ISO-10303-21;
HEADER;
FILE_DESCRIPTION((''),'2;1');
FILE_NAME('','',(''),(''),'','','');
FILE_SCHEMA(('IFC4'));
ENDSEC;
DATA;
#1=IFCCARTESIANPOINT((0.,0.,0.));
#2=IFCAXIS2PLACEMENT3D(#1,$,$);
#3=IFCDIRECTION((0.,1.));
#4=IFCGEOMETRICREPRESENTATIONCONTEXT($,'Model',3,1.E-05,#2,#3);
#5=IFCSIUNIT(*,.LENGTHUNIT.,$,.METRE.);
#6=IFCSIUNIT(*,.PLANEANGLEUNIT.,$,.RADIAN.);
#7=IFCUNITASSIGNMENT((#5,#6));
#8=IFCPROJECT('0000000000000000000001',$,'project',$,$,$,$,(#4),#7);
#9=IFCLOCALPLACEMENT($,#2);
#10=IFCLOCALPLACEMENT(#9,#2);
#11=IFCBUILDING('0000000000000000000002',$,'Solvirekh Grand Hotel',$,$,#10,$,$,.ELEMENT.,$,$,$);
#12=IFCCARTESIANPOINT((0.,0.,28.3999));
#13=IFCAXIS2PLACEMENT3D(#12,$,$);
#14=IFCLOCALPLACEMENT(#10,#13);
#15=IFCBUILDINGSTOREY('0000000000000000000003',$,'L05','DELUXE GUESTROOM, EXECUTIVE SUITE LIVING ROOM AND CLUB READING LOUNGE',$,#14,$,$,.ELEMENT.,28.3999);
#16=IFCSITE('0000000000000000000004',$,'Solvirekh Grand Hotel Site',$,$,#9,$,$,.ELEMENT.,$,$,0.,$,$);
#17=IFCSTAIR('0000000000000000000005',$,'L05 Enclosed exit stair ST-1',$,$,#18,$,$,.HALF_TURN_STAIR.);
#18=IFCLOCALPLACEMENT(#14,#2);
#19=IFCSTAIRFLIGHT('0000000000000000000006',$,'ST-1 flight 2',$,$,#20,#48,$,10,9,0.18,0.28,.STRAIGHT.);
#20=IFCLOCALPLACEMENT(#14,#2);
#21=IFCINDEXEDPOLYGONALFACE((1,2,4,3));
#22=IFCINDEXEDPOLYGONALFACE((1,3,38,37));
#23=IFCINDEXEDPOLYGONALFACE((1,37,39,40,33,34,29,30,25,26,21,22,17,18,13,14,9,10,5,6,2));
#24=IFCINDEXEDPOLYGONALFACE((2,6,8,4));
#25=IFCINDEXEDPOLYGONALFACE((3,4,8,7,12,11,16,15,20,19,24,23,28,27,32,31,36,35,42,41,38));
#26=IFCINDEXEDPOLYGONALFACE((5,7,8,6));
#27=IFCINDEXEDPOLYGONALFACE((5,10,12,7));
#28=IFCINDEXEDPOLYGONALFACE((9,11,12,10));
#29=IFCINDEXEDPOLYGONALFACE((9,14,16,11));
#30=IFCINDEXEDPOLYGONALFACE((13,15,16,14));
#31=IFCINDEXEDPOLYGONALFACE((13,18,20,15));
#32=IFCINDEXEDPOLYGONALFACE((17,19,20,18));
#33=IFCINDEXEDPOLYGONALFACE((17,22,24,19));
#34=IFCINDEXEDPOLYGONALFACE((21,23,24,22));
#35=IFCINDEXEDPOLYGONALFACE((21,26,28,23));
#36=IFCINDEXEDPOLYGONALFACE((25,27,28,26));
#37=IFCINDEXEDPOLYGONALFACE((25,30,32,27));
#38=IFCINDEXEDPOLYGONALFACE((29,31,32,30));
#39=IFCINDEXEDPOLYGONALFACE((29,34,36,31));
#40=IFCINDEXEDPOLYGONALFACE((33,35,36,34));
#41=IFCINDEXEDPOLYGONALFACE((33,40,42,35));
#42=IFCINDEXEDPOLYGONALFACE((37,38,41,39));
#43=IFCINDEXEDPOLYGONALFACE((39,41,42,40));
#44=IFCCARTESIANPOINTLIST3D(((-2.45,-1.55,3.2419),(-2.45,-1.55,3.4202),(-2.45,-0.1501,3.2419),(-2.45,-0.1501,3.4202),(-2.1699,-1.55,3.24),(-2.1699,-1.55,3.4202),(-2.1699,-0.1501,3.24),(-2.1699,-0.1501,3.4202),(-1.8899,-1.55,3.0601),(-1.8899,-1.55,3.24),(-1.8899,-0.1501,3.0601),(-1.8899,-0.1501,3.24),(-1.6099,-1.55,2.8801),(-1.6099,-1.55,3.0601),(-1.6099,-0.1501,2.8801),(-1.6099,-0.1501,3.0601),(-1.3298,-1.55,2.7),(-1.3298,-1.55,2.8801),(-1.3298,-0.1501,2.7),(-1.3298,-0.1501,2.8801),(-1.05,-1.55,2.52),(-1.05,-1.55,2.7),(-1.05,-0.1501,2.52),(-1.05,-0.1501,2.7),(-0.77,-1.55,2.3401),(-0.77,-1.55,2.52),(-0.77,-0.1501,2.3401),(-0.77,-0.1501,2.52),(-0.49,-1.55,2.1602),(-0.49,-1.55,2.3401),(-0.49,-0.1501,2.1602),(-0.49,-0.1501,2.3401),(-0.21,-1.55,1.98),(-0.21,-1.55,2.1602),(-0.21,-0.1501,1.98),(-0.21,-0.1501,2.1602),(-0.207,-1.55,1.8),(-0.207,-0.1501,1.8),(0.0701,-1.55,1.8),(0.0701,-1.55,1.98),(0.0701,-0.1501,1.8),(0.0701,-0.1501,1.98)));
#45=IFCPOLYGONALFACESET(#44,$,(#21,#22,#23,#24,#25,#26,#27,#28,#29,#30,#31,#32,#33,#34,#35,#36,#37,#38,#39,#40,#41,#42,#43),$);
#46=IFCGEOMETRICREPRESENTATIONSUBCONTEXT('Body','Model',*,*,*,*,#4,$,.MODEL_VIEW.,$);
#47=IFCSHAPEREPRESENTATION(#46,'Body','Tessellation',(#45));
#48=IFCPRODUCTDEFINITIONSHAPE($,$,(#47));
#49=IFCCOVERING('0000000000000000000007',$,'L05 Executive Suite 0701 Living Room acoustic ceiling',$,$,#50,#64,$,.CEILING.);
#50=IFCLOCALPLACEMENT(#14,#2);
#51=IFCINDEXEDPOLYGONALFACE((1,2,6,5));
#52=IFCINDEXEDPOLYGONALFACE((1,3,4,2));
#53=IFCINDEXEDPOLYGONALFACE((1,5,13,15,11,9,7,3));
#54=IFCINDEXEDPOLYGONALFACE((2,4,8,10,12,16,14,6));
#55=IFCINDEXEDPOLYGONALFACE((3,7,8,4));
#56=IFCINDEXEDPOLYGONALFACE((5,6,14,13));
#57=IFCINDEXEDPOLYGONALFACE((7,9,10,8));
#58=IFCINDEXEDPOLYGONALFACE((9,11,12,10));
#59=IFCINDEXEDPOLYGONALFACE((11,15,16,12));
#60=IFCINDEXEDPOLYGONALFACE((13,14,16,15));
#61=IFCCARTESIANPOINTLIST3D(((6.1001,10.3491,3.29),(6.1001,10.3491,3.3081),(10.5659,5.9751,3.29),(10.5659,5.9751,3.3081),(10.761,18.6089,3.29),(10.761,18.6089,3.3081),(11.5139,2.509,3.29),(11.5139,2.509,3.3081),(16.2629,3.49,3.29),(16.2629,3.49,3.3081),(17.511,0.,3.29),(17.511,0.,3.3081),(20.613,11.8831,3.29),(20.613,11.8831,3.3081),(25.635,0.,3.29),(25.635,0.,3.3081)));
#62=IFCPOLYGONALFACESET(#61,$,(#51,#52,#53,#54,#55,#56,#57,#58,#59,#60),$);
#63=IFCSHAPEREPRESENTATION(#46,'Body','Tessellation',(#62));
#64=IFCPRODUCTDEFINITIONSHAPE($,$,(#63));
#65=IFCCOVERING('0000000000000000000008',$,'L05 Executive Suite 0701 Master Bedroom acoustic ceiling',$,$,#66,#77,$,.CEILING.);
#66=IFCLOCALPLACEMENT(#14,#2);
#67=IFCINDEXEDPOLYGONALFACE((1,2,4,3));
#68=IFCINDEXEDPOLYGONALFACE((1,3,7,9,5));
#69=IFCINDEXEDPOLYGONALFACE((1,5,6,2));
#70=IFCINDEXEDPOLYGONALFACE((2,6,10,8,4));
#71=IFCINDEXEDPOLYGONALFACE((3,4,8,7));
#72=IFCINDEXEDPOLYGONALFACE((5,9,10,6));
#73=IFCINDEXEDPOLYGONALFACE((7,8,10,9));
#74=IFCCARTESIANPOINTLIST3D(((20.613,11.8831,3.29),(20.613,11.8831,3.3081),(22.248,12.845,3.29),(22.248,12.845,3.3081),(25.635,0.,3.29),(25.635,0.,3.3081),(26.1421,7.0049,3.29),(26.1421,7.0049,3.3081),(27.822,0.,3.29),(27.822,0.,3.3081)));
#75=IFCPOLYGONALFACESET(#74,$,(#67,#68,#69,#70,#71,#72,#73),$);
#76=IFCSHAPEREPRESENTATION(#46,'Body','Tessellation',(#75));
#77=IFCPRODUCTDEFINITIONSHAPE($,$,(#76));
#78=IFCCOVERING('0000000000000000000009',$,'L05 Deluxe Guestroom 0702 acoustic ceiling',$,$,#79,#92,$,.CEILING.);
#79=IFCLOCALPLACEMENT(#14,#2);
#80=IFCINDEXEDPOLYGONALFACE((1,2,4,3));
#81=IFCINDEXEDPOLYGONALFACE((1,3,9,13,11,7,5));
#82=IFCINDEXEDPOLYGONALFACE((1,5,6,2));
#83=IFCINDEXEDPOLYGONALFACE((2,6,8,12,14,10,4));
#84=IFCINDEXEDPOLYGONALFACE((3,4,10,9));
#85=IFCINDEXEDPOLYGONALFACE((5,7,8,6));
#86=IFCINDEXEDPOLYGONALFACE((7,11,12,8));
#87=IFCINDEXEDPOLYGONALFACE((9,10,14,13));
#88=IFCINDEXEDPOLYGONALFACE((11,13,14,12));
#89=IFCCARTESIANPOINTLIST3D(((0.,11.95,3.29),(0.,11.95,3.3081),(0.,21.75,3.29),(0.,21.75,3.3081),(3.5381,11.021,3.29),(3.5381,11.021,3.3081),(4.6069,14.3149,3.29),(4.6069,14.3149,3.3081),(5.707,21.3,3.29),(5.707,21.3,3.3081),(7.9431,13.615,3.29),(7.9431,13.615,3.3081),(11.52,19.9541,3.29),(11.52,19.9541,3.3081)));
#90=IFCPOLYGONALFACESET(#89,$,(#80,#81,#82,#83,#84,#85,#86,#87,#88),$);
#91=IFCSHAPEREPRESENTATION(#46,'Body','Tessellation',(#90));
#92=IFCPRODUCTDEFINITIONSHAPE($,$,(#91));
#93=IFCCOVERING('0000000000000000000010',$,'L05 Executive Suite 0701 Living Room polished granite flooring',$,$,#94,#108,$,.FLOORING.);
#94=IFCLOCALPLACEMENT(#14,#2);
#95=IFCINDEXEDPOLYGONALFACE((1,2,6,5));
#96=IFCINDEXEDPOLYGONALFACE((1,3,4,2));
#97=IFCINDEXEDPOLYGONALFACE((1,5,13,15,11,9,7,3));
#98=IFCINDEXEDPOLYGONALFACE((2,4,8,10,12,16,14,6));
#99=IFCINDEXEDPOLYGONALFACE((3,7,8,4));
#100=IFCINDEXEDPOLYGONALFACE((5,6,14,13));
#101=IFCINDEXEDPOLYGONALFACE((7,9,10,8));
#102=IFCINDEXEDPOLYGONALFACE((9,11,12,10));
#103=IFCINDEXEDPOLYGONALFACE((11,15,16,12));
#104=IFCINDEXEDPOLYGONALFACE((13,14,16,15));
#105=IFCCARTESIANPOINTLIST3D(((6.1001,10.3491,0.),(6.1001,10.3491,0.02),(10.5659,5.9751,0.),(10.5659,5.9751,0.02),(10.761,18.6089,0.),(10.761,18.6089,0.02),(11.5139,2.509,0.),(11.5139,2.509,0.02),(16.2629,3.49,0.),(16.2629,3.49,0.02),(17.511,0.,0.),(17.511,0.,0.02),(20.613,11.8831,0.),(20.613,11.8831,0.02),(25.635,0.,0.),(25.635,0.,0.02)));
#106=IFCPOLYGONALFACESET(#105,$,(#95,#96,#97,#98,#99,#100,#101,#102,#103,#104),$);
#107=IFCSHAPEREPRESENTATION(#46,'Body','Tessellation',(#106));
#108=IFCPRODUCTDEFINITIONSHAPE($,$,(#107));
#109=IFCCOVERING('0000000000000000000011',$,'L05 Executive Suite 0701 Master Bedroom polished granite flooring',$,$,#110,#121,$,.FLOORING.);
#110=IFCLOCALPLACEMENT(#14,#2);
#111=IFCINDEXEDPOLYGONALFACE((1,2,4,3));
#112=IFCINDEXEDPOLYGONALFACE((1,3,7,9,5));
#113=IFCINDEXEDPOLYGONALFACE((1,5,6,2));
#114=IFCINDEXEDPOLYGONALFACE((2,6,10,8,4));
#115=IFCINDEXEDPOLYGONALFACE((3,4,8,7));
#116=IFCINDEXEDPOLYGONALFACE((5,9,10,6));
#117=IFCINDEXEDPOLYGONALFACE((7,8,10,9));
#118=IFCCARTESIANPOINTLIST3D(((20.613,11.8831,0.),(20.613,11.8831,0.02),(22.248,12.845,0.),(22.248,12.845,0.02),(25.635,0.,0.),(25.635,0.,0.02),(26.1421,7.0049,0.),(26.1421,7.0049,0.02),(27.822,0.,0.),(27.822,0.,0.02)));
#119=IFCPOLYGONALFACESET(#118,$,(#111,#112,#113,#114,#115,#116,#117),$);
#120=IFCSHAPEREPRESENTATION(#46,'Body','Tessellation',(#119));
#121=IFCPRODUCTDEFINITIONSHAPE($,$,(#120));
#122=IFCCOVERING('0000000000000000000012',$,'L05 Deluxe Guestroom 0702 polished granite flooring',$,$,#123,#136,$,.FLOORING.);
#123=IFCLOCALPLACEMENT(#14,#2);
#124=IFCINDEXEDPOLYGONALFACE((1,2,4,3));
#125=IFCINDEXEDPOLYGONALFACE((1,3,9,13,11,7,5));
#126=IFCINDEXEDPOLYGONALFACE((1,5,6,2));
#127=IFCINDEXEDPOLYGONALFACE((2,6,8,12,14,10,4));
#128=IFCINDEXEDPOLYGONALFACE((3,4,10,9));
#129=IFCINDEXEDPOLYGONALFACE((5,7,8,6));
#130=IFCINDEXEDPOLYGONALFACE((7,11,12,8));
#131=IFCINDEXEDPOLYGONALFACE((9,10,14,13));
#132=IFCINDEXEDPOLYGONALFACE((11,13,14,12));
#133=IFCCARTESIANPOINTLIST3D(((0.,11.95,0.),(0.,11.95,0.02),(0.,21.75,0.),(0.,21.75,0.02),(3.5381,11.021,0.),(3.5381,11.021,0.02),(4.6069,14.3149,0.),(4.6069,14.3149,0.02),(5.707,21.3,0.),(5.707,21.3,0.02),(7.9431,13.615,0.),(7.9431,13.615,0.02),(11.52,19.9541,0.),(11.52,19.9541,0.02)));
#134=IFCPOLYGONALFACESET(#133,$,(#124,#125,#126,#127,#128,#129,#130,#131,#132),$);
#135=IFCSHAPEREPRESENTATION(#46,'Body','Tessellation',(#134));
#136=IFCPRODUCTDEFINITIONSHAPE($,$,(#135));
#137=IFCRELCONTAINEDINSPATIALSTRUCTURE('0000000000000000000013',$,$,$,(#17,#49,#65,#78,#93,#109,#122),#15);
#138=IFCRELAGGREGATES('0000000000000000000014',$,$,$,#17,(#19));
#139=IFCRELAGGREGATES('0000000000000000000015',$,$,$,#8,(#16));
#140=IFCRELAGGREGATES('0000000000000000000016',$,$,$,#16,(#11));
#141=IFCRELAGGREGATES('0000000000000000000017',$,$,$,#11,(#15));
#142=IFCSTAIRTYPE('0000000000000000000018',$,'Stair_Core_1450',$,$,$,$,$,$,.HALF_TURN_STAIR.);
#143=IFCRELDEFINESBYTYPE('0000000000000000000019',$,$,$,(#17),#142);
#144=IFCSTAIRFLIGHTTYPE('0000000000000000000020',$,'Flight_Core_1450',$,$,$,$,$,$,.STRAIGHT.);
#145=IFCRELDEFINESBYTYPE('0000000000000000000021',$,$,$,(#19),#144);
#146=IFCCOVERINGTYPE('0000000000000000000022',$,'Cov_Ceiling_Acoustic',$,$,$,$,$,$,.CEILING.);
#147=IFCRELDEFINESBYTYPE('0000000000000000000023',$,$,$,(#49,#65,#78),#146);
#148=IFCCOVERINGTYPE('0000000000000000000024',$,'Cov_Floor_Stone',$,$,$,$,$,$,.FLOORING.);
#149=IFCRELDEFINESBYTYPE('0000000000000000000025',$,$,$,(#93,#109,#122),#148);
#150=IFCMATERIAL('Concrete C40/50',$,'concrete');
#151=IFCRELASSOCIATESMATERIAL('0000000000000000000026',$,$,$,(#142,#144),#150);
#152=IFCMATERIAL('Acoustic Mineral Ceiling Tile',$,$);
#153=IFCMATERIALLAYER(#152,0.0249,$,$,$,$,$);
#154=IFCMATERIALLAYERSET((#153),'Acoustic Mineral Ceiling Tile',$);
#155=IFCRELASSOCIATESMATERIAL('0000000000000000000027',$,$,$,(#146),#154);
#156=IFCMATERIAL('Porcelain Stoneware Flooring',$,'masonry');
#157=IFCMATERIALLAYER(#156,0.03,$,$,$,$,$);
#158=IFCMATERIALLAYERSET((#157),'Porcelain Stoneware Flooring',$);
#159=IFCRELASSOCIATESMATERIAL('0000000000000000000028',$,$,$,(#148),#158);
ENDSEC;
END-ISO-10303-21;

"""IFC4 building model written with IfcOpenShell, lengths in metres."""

from ifc_helpers import new_model, si_unit, direction, frame, origin, place, context, subcontext, project, spatial, polyline, outline, extrude, material, layer, layer_set, type_object, element, aggregate, save


model = new_model("IFC4")

# Units and contexts
model_context = context("Model", 3, precision=1e-05, world=origin(), true_north=direction((0.0, 1.0)))
body_context = subcontext(model_context, "Body", "Model", "MODEL_VIEW")
ifc_project = project(units=[si_unit("LENGTHUNIT", "METRE"), si_unit("PLANEANGLEUNIT", "RADIAN")], contexts=[model_context])

# Site, building, storey
site_placement = place(None, origin())
site = spatial("IfcSite", under=ifc_project, at=site_placement, Name="Solvirekh Grand Hotel Site", CompositionType="ELEMENT", RefElevation=0.0)
building_placement = place(site_placement, origin())
building = spatial("IfcBuilding", under=site, at=building_placement, Name="Solvirekh Grand Hotel", CompositionType="ELEMENT")
storey_placement = place(building_placement, frame((0.0, 0.0, 28.3999)))
storey = spatial("IfcBuildingStorey", under=building, at=storey_placement, Name="L05", Description="DELUXE GUESTROOM, EXECUTIVE SUITE LIVING ROOM AND CLUB READING LOUNGE", CompositionType="ELEMENT", Elevation=28.3999)

# Stair
ifc_material_1 = material(Name="Concrete C40/50", Category="concrete")
stair_type = type_object("IfcStairType", Name="Stair_Core_1450", PredefinedType="HALF_TURN_STAIR", material=ifc_material_1)
stair_1_placement = place(storey_placement, origin())
stair_1 = element("IfcStair", 1, at=stair_1_placement, inside=storey, type_object=stair_type, Name="L05 Enclosed exit stair ST-1", PredefinedType="HALF_TURN_STAIR")

# Stair flight
stair_flight_type = type_object("IfcStairFlightType", Name="Flight_Core_1450", PredefinedType="STRAIGHT", material=ifc_material_1)
stair_flight_placement = place(storey_placement, frame((0.0701, -0.8501, 1.8), z_axis=(0.0, 0.0, 1.0), x_axis=(-1.0, 0.0, 0.0)))
stair_flight = element("IfcStairFlight", 2, at=stair_flight_placement, type_object=stair_flight_type, Name="ST-1 flight 2", NumberOfRisers=10, NumberOfTreads=9, PredefinedType="STRAIGHT", RiserHeight=0.18, TreadLength=0.28, context=body_context, shape_type="SweptSolid", body=[
    extrude(outline(polyline([(0.0, 0.0), (0.0, 0.1799), (0.28, 0.1799), (0.28, 0.3601), (0.5601, 0.3601), (0.5601, 0.54), (0.8401, 0.54), (0.8401, 0.72), (1.1201, 0.72), (1.1201, 0.8999), (1.3999, 0.8999), (1.3999, 1.0801), (1.6799, 1.0801), (1.6799, 1.26), (1.96, 1.26), (1.96, 1.4399), (2.24, 1.4399), (2.24, 1.6201), (2.52, 1.6201), (2.52, 1.8), (2.52, 1.4419), (0.2771, 0.0), (0.0, 0.0)])), frame((0.0, 0.7, 0.0), z_axis=(0.0, -1.0, 0.0), x_axis=(1.0, 0.0, 0.0)), (0.0, 0.0, 1.0), 1.3999),
])
aggregate(stair_1, [stair_flight])

# Coverings
ifc_material_2 = material(Name="Acoustic Mineral Ceiling Tile")
ifc_layer_1 = layer(ifc_material_2, 0.0249)
ifc_layer_set_1 = layer_set([ifc_layer_1], Name="Acoustic Mineral Ceiling Tile")
covering_type_1 = type_object("IfcCoveringType", Name="Cov_Ceiling_Acoustic", PredefinedType="CEILING", material=ifc_layer_set_1)
covering_1_placement = place(storey_placement, frame((0.0, 0.0, 3.29)))
element("IfcCovering", 3, at=covering_1_placement, inside=storey, type_object=covering_type_1, Name="L05 Executive Suite 0701 Living Room acoustic ceiling", PredefinedType="CEILING", context=body_context, shape_type="SweptSolid", body=[
    extrude(outline(polyline([(16.2629, 3.49), (17.511, 0.0), (25.635, 0.0), (20.613, 11.8831), (10.761, 18.6089), (6.1001, 10.3491), (10.5659, 5.9751), (11.5139, 2.509), (16.2629, 3.49)])), origin(), (0.0, 0.0, 1.0), 0.0181),
])
covering_2_placement = place(storey_placement, frame((0.0, 0.0, 3.29)))
element("IfcCovering", 4, at=covering_2_placement, inside=storey, type_object=covering_type_1, Name="L05 Executive Suite 0701 Master Bedroom acoustic ceiling", PredefinedType="CEILING", context=body_context, shape_type="SweptSolid", body=[
    extrude(outline(polyline([(27.822, 0.0), (26.1421, 7.0049), (22.248, 12.845), (20.613, 11.8831), (25.635, 0.0), (27.822, 0.0)])), origin(), (0.0, 0.0, 1.0), 0.0181),
])
covering_3_placement = place(storey_placement, frame((0.0, 0.0, 3.29)))
element("IfcCovering", 5, at=covering_3_placement, inside=storey, type_object=covering_type_1, Name="L05 Deluxe Guestroom 0702 acoustic ceiling", PredefinedType="CEILING", context=body_context, shape_type="SweptSolid", body=[
    extrude(outline(polyline([(4.6069, 14.3149), (7.9431, 13.615), (11.52, 19.9541), (5.707, 21.3), (0.0, 21.75), (0.0, 11.95), (3.5381, 11.021), (4.6069, 14.3149)])), origin(), (0.0, 0.0, 1.0), 0.0181),
])
ifc_material_3 = material(Name="Porcelain Stoneware Flooring", Category="masonry")
ifc_layer_2 = layer(ifc_material_3, 0.03)
ifc_layer_set_2 = layer_set([ifc_layer_2], Name="Porcelain Stoneware Flooring")
covering_type_2 = type_object("IfcCoveringType", Name="Cov_Floor_Stone", PredefinedType="FLOORING", material=ifc_layer_set_2)
covering_4_placement = place(storey_placement, origin())
element("IfcCovering", 6, at=covering_4_placement, inside=storey, type_object=covering_type_2, Name="L05 Executive Suite 0701 Living Room polished granite flooring", PredefinedType="FLOORING", context=body_context, shape_type="SweptSolid", body=[
    extrude(outline(polyline([(16.2629, 3.49), (17.511, 0.0), (25.635, 0.0), (20.613, 11.8831), (10.761, 18.6089), (6.1001, 10.3491), (10.5659, 5.9751), (11.5139, 2.509), (16.2629, 3.49)])), origin(), (0.0, 0.0, 1.0), 0.02),
])
covering_5_placement = place(storey_placement, origin())
element("IfcCovering", 7, at=covering_5_placement, inside=storey, type_object=covering_type_2, Name="L05 Executive Suite 0701 Master Bedroom polished granite flooring", PredefinedType="FLOORING", context=body_context, shape_type="SweptSolid", body=[
    extrude(outline(polyline([(27.822, 0.0), (26.1421, 7.0049), (22.248, 12.845), (20.613, 11.8831), (25.635, 0.0), (27.822, 0.0)])), origin(), (0.0, 0.0, 1.0), 0.02),
])
covering_6_placement = place(storey_placement, origin())
element("IfcCovering", 8, at=covering_6_placement, inside=storey, type_object=covering_type_2, Name="L05 Deluxe Guestroom 0702 polished granite flooring", PredefinedType="FLOORING", context=body_context, shape_type="SweptSolid", body=[
    extrude(outline(polyline([(4.6069, 14.3149), (7.9431, 13.615), (11.52, 19.9541), (5.707, 21.3), (0.0, 21.75), (0.0, 11.95), (3.5381, 11.021), (4.6069, 14.3149)])), origin(), (0.0, 0.0, 1.0), 0.02),
])

save(model, "model.ifc")
